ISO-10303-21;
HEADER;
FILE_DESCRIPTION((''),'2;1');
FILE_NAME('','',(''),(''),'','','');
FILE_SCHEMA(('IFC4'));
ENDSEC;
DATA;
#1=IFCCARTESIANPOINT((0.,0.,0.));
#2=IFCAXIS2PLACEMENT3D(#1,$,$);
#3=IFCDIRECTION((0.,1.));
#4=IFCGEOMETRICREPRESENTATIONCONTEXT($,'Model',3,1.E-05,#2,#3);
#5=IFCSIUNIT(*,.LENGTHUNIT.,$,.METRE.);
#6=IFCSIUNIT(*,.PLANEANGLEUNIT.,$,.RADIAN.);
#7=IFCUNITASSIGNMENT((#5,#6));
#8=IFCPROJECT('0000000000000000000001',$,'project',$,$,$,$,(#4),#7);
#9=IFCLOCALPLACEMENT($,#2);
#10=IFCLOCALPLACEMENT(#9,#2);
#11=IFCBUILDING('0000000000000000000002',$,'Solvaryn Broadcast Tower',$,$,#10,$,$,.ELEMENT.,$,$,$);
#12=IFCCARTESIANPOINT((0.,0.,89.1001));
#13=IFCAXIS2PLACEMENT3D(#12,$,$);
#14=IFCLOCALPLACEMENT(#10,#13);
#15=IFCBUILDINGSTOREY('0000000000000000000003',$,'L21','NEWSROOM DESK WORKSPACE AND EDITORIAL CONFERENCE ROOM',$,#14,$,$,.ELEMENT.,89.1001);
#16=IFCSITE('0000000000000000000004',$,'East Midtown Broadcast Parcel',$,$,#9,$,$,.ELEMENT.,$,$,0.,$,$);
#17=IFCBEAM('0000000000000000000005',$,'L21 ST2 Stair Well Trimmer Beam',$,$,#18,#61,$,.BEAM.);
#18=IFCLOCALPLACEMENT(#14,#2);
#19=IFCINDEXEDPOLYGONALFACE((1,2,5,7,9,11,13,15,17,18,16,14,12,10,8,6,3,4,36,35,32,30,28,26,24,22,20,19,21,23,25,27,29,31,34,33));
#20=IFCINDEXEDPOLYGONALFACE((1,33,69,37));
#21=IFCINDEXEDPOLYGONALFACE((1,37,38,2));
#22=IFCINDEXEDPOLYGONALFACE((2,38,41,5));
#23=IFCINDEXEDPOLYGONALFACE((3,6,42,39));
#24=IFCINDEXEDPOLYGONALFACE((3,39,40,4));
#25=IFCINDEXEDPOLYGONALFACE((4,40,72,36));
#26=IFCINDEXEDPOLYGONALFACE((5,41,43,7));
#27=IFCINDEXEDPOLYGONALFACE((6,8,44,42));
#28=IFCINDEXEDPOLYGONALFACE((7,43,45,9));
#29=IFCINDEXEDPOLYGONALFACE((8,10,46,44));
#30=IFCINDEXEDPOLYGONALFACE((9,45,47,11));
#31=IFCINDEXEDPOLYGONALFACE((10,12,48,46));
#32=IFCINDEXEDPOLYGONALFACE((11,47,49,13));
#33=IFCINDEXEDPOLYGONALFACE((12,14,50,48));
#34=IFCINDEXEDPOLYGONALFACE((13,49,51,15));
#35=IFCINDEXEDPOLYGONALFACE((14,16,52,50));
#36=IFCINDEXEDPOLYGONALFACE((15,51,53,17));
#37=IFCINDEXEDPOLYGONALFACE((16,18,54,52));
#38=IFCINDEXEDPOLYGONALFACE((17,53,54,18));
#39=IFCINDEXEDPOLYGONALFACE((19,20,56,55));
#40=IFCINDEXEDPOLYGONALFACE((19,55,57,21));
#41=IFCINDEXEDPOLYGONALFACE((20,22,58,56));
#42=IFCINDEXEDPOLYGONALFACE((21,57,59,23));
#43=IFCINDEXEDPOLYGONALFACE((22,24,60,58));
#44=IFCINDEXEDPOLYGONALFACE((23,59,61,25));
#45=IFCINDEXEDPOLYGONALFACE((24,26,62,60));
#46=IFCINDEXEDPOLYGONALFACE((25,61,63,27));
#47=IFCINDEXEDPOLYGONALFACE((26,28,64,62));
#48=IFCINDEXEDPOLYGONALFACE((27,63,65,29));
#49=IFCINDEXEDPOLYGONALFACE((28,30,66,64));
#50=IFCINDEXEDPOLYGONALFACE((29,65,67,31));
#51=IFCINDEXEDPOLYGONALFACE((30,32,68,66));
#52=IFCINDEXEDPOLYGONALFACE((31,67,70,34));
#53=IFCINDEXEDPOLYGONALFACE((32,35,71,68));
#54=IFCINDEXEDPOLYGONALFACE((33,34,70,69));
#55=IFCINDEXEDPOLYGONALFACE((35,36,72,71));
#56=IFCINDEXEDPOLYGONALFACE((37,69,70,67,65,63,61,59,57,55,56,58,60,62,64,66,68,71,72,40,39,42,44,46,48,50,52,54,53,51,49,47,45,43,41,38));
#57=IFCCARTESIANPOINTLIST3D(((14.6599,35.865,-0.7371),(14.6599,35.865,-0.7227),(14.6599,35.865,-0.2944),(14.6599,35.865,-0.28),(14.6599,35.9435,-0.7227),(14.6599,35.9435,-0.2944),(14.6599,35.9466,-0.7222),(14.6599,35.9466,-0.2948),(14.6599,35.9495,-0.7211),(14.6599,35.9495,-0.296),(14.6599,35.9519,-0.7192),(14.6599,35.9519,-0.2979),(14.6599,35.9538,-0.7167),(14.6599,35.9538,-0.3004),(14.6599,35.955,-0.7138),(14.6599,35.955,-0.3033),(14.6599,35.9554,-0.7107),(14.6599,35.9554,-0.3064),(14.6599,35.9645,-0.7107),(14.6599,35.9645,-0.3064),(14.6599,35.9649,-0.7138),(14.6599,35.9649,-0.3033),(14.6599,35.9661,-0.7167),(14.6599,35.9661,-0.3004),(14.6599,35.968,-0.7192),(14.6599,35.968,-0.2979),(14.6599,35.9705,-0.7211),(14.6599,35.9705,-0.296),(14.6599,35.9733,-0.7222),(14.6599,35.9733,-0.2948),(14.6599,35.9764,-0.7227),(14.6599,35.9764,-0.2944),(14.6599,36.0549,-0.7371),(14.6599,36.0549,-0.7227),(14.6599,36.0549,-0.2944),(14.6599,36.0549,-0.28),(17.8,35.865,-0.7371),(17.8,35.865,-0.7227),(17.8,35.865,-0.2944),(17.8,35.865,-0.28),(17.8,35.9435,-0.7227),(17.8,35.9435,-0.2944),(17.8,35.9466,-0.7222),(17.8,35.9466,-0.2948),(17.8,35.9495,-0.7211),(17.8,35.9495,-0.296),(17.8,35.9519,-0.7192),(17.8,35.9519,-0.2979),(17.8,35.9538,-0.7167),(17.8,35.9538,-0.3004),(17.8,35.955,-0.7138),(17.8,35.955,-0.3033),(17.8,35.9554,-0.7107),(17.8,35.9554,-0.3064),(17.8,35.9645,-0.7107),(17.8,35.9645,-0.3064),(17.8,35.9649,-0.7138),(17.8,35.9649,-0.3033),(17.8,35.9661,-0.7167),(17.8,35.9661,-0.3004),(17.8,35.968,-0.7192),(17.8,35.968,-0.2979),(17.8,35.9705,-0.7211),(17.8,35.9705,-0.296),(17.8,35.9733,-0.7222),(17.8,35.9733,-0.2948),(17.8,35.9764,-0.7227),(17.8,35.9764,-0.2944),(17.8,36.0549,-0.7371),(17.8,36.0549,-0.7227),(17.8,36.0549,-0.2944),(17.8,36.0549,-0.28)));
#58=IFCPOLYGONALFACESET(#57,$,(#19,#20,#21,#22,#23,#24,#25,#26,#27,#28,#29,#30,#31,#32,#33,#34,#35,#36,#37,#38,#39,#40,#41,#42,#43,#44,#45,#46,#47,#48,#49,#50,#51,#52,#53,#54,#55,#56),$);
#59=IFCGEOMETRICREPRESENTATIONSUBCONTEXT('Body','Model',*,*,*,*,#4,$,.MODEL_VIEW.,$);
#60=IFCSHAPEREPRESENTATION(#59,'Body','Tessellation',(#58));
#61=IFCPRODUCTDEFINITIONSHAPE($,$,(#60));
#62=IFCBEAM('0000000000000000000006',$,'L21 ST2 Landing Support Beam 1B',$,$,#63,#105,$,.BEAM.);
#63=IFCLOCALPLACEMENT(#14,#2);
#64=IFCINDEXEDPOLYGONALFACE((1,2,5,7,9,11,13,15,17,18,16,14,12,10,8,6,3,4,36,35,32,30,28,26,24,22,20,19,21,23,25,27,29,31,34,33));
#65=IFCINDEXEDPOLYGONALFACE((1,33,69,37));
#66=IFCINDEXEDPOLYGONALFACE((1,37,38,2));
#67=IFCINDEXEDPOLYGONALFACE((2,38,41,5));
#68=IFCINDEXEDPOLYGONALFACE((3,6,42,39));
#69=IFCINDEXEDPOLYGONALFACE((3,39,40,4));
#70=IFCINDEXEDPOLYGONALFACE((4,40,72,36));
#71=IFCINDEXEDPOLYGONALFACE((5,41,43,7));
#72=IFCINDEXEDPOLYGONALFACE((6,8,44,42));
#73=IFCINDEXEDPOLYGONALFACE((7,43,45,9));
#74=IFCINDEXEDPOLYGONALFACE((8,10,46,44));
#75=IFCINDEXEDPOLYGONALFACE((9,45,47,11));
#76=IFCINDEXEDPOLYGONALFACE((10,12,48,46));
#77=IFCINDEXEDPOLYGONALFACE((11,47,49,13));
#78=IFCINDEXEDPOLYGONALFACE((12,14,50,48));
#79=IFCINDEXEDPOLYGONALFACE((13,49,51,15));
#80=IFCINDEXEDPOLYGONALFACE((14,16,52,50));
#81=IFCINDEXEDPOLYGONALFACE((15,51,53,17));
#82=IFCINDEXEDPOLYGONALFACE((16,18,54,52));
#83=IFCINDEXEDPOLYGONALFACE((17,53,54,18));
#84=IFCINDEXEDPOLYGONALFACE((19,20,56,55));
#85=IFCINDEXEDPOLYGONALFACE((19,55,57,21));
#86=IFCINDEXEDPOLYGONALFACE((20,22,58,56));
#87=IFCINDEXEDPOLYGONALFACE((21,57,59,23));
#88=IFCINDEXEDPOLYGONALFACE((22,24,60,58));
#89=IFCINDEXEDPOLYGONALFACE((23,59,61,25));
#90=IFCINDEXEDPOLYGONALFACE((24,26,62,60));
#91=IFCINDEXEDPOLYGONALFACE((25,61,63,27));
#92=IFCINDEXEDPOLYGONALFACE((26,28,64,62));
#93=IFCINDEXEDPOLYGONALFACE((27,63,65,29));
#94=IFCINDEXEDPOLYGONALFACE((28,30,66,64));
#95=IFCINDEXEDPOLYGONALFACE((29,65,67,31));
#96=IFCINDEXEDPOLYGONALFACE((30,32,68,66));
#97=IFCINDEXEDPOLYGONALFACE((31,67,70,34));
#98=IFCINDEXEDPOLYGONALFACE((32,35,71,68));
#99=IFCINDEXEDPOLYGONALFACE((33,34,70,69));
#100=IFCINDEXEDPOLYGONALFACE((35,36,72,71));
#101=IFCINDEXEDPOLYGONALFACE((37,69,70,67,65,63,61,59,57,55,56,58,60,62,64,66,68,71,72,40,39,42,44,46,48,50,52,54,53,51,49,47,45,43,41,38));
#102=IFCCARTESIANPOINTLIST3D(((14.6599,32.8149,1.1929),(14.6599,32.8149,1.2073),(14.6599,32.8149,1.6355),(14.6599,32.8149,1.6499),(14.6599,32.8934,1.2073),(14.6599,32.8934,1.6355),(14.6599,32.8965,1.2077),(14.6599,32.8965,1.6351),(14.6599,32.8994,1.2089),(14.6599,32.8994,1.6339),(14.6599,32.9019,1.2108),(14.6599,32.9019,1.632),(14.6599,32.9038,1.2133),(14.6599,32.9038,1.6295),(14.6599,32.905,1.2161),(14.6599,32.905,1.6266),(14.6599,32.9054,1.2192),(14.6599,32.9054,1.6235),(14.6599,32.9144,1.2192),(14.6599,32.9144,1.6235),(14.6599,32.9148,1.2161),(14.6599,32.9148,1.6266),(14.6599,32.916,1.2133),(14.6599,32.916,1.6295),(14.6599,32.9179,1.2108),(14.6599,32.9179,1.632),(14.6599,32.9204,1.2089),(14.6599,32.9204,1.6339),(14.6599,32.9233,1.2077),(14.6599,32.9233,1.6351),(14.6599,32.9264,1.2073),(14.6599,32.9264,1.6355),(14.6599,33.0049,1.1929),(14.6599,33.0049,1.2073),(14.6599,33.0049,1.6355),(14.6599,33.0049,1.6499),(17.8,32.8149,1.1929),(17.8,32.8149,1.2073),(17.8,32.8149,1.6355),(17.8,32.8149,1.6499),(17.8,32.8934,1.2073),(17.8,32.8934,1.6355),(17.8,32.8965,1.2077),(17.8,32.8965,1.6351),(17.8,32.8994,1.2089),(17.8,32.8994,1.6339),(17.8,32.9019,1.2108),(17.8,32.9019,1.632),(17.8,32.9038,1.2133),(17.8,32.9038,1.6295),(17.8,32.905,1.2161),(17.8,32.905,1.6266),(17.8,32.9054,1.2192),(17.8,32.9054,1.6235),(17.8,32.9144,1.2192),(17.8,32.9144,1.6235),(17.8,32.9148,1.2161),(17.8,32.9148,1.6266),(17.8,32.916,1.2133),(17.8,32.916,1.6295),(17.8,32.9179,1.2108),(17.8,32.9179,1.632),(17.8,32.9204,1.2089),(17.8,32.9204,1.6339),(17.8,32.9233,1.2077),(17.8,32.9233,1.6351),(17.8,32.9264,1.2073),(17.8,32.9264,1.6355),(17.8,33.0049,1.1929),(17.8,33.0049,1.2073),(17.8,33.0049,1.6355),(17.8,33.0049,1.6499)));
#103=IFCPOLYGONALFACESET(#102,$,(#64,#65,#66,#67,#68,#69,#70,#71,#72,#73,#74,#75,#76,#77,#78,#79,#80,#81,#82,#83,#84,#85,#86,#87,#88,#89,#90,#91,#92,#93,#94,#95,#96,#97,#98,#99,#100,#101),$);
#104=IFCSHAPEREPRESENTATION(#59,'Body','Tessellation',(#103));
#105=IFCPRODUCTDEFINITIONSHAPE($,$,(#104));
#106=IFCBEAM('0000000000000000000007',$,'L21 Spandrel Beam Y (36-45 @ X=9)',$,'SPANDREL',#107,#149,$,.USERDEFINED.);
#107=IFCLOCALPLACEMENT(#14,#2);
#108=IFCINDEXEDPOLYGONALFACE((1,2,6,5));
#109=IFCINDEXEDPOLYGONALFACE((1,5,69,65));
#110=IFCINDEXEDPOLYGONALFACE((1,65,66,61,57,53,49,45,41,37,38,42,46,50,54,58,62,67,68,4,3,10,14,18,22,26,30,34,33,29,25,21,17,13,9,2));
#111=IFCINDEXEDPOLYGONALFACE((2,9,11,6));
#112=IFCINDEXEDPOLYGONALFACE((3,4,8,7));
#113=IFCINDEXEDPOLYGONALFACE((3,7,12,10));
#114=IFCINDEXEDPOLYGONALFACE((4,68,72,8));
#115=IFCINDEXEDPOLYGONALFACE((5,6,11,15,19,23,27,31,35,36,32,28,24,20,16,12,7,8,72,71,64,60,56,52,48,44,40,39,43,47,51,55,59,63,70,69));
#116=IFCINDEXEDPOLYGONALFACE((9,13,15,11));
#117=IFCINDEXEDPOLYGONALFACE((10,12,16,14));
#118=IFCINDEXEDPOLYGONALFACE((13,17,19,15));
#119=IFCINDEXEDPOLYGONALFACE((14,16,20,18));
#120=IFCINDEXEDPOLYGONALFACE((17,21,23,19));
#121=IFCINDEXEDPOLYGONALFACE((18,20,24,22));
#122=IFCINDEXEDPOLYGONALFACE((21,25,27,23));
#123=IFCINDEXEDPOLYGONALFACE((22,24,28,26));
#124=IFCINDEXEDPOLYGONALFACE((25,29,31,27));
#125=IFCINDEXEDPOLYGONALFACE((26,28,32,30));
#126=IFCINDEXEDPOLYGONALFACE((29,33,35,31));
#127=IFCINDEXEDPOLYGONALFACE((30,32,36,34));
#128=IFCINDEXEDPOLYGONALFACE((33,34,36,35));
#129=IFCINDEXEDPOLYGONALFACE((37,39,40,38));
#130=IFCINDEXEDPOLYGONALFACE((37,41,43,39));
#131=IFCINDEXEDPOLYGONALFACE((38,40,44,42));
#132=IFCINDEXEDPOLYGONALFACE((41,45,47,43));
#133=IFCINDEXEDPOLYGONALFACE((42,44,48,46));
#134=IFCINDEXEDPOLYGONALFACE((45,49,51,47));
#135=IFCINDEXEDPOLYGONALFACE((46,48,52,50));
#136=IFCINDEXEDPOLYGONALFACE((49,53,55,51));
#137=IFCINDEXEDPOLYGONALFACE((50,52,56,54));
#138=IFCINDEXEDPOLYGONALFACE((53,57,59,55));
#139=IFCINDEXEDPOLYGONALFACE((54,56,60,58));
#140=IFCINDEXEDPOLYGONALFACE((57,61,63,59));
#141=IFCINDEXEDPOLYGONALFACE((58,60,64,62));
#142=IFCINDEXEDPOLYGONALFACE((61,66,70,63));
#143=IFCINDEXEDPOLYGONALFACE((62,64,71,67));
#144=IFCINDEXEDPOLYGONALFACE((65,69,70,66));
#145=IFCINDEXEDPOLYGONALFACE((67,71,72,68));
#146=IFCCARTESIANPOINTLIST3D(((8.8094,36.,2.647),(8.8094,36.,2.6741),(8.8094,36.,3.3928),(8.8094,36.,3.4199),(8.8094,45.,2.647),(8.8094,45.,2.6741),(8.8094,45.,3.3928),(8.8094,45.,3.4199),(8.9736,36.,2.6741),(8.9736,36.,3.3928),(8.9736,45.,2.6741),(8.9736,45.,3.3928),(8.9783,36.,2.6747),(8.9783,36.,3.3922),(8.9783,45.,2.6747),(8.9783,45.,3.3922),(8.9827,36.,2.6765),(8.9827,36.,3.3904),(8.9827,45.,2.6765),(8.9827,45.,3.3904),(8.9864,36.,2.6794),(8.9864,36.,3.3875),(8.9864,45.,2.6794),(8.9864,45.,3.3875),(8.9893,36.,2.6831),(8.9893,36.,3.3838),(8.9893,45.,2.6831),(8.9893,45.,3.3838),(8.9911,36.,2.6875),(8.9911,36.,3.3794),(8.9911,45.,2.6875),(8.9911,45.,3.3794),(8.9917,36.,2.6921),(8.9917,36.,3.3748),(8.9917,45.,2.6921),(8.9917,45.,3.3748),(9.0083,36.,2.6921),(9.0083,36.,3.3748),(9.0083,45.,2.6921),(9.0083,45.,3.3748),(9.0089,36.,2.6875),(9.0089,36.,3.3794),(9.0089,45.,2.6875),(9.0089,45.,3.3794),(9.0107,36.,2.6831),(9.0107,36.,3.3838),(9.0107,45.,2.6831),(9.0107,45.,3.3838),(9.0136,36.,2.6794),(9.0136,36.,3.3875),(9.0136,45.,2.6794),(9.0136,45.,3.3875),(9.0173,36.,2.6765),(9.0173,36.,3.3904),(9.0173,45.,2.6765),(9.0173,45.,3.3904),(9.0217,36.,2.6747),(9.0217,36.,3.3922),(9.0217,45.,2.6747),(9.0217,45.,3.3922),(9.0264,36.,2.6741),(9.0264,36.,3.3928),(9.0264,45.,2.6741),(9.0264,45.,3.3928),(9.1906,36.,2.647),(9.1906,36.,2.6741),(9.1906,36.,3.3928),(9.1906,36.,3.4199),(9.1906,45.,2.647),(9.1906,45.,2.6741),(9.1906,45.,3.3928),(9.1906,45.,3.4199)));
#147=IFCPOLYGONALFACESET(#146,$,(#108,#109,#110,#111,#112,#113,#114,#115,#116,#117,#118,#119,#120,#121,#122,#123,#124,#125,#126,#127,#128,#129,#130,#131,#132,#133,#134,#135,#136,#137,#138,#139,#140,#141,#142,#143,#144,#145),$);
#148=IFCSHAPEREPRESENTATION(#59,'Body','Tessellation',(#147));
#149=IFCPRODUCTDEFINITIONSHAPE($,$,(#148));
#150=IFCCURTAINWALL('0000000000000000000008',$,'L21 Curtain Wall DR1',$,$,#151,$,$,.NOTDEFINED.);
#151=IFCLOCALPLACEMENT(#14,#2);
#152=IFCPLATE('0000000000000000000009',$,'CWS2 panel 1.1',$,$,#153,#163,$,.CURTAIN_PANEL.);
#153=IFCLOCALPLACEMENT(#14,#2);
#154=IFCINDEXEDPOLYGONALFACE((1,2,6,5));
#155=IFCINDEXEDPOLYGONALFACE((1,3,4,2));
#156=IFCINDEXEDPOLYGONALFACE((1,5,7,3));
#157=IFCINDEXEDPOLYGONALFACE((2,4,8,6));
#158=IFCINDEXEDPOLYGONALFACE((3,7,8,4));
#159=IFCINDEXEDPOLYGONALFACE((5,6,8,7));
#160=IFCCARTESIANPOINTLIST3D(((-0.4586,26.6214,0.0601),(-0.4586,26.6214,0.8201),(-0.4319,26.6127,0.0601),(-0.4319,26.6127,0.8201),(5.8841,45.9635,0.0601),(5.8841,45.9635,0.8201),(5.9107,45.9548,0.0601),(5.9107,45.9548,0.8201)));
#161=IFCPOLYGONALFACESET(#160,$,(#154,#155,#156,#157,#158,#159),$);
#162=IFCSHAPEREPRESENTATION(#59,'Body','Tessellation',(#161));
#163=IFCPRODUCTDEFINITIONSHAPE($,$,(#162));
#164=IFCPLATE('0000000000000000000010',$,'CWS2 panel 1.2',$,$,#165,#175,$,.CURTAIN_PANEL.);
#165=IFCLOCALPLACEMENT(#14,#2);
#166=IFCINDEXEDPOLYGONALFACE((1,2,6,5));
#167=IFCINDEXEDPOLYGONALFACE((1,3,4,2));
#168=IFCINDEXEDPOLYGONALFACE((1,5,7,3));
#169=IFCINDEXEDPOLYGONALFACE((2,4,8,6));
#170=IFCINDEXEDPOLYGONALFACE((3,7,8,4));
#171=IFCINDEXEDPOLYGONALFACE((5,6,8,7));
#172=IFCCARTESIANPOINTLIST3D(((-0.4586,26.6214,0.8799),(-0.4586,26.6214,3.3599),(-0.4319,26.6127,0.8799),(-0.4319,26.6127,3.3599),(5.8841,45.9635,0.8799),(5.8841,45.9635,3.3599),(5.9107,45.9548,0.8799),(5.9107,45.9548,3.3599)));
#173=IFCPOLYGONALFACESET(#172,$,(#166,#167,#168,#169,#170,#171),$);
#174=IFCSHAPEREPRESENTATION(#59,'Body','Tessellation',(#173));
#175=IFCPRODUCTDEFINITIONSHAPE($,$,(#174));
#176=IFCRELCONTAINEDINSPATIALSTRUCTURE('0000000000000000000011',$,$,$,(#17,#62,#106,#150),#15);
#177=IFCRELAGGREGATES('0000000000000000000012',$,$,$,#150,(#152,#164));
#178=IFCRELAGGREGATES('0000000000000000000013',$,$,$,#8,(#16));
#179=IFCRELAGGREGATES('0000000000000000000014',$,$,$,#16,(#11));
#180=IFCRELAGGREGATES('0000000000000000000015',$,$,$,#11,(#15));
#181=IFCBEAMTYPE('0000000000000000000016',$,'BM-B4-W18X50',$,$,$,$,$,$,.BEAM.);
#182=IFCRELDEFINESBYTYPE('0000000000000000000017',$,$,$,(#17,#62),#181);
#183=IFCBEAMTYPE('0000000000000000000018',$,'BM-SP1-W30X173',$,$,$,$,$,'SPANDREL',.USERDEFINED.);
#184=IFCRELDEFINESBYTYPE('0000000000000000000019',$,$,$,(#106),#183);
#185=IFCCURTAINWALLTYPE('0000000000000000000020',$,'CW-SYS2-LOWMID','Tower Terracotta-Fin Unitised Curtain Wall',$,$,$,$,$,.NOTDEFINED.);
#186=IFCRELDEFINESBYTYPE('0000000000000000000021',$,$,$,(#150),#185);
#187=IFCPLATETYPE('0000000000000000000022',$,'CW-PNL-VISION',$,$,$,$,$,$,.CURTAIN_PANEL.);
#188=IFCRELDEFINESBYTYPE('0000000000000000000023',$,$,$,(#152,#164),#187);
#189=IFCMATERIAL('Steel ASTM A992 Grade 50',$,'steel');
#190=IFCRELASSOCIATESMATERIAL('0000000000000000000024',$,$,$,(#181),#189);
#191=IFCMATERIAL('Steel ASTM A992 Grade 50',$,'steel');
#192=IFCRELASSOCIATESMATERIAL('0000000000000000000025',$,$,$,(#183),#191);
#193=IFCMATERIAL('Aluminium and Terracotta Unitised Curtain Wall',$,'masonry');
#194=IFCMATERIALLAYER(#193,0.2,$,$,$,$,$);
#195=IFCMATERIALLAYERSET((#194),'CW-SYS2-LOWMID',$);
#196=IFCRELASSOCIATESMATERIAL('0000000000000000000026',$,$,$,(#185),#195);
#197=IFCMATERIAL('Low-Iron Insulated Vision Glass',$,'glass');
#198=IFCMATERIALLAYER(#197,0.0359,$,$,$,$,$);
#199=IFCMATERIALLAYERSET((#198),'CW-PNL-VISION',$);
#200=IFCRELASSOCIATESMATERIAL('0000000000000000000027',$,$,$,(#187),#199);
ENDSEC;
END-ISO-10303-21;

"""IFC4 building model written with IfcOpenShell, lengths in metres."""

from ifc_helpers import new_model, si_unit, direction, frame, origin, origin_2d, place, context, subcontext, project, spatial, rectangle, i_section, extrude, material, layer, layer_set, material_profile, profile_set, type_object, element, aggregate, save


model = new_model("IFC4")

# Units and contexts
model_context = context("Model", 3, precision=1e-05, world=origin(), true_north=direction((0.0, 1.0)))
body_context = subcontext(model_context, "Body", "Model", "MODEL_VIEW")
ifc_project = project(units=[si_unit("LENGTHUNIT", "METRE"), si_unit("PLANEANGLEUNIT", "RADIAN")], contexts=[model_context])

# Site, building, storey
site_placement = place(None, origin())
site = spatial("IfcSite", under=ifc_project, at=site_placement, Name="East Midtown Broadcast Parcel", CompositionType="ELEMENT", RefElevation=0.0)
building_placement = place(site_placement, origin())
building = spatial("IfcBuilding", under=site, at=building_placement, Name="Solvaryn Broadcast Tower", CompositionType="ELEMENT")
storey_placement = place(building_placement, frame((0.0, 0.0, 89.1001)))
storey = spatial("IfcBuildingStorey", under=building, at=storey_placement, Name="L21", Description="NEWSROOM DESK WORKSPACE AND EDITORIAL CONFERENCE ROOM", CompositionType="ELEMENT", Elevation=89.1001)

# Beams
ifc_material_1 = material(Name="Steel ASTM A992 Grade 50", Category="steel")
ifc_material_profile_1 = material_profile(ifc_material_1, i_section(OverallWidth=0.1899, OverallDepth=0.457, WebThickness=0.009, FlangeThickness=0.0144, FilletRadius=0.012, at=origin_2d()))
ifc_profile_set_1 = profile_set([ifc_material_profile_1], Name="Steel ASTM A992 Grade 50")
beam_type_1 = type_object("IfcBeamType", Name="BM-B4-W18X50", PredefinedType="BEAM", material=ifc_profile_set_1)
for number, where, z_axis, x_axis, name in (
    (1, (14.6599, 35.96, -0.5085), (1.0, 0.0, 0.0), (0.0, 1.0, 0.0), "L21 ST2 Stair Well Trimmer Beam"),
    (2, (14.6599, 32.9099, 1.4214), (1.0, 0.0, 0.0), (0.0, 1.0, 0.0), "L21 ST2 Landing Support Beam 1B"),
):
    element("IfcBeam", number, at=place(storey_placement, frame(where, z_axis=z_axis, x_axis=x_axis)), inside=storey, type_object=beam_type_1, Name=name, PredefinedType="BEAM", context=body_context, shape_type="SweptSolid", body=[
        extrude(i_section(OverallWidth=0.1899, OverallDepth=0.457, WebThickness=0.009, FlangeThickness=0.0144, FilletRadius=0.012, at=origin_2d()), origin(), (0.0, 0.0, 1.0), 3.1401),
    ])
ifc_material_2 = material(Name="Steel ASTM A992 Grade 50", Category="steel")
ifc_material_profile_2 = material_profile(ifc_material_2, i_section(OverallWidth=0.3811, OverallDepth=0.7729, WebThickness=0.0166, FlangeThickness=0.0271, FilletRadius=0.0181, at=origin_2d()))
ifc_profile_set_2 = profile_set([ifc_material_profile_2], Name="Steel ASTM A992 Grade 50")
beam_type_2 = type_object("IfcBeamType", Name="BM-SP1-W30X173", ElementType="SPANDREL", PredefinedType="USERDEFINED", material=ifc_profile_set_2)
beam_1_placement = place(storey_placement, frame((9.0, 36.0, 3.0334), z_axis=(0.0, 1.0, 0.0), x_axis=(-1.0, 0.0, 0.0)))
element("IfcBeam", 3, at=beam_1_placement, inside=storey, type_object=beam_type_2, Name="L21 Spandrel Beam Y (36-45 @ X=9)", ObjectType="SPANDREL", PredefinedType="USERDEFINED", context=body_context, shape_type="SweptSolid", body=[
    extrude(i_section(OverallWidth=0.3811, OverallDepth=0.7729, WebThickness=0.0166, FlangeThickness=0.0271, FilletRadius=0.0181, at=origin_2d()), origin(), (0.0, 0.0, 1.0), 9.0),
])

# Curtain wall, plates
ifc_material_3 = material(Name="Aluminium and Terracotta Unitised Curtain Wall", Category="masonry")
ifc_layer_1 = layer(ifc_material_3, 0.2)
ifc_layer_set_1 = layer_set([ifc_layer_1], Name="CW-SYS2-LOWMID")
curtain_wall_type = type_object("IfcCurtainWallType", Name="CW-SYS2-LOWMID", Description="Tower Terracotta-Fin Unitised Curtain Wall", PredefinedType="NOTDEFINED", material=ifc_layer_set_1)
curtain_wall_placement = place(storey_placement, origin())
curtain_wall = element("IfcCurtainWall", 4, at=curtain_wall_placement, inside=storey, type_object=curtain_wall_type, Name="L21 Curtain Wall DR1", PredefinedType="NOTDEFINED")
ifc_material_4 = material(Name="Low-Iron Insulated Vision Glass", Category="glass")
ifc_layer_2 = layer(ifc_material_4, 0.0359)
ifc_layer_set_2 = layer_set([ifc_layer_2], Name="CW-PNL-VISION")
plate_type = type_object("IfcPlateType", Name="CW-PNL-VISION", PredefinedType="CURTAIN_PANEL", material=ifc_layer_set_2)
plate_1_placement = place(storey_placement, frame((2.7261, 36.2881, 0.0601), z_axis=(0.0, 0.0, 1.0), x_axis=(-0.311594, -0.950215, 0.0)))
plate_1 = element("IfcPlate", 5, at=plate_1_placement, type_object=plate_type, Name="CWS2 panel 1.1", PredefinedType="CURTAIN_PANEL", context=body_context, shape_type="SweptSolid", body=[
    extrude(rectangle(XDim=20.3555, YDim=0.0281, at=origin_2d()), origin(), (0.0, 0.0, 1.0), 0.76),
])
plate_2_placement = place(storey_placement, frame((2.7261, 36.2881, 0.8799), z_axis=(0.0, 0.0, 1.0), x_axis=(-0.311594, -0.950215, 0.0)))
plate_2 = element("IfcPlate", 6, at=plate_2_placement, type_object=plate_type, Name="CWS2 panel 1.2", PredefinedType="CURTAIN_PANEL", context=body_context, shape_type="SweptSolid", body=[
    extrude(rectangle(XDim=20.3555, YDim=0.0281, at=origin_2d()), origin(), (0.0, 0.0, 1.0), 2.48),
])
aggregate(curtain_wall, [plate_1, plate_2])

save(model, "model.ifc")
